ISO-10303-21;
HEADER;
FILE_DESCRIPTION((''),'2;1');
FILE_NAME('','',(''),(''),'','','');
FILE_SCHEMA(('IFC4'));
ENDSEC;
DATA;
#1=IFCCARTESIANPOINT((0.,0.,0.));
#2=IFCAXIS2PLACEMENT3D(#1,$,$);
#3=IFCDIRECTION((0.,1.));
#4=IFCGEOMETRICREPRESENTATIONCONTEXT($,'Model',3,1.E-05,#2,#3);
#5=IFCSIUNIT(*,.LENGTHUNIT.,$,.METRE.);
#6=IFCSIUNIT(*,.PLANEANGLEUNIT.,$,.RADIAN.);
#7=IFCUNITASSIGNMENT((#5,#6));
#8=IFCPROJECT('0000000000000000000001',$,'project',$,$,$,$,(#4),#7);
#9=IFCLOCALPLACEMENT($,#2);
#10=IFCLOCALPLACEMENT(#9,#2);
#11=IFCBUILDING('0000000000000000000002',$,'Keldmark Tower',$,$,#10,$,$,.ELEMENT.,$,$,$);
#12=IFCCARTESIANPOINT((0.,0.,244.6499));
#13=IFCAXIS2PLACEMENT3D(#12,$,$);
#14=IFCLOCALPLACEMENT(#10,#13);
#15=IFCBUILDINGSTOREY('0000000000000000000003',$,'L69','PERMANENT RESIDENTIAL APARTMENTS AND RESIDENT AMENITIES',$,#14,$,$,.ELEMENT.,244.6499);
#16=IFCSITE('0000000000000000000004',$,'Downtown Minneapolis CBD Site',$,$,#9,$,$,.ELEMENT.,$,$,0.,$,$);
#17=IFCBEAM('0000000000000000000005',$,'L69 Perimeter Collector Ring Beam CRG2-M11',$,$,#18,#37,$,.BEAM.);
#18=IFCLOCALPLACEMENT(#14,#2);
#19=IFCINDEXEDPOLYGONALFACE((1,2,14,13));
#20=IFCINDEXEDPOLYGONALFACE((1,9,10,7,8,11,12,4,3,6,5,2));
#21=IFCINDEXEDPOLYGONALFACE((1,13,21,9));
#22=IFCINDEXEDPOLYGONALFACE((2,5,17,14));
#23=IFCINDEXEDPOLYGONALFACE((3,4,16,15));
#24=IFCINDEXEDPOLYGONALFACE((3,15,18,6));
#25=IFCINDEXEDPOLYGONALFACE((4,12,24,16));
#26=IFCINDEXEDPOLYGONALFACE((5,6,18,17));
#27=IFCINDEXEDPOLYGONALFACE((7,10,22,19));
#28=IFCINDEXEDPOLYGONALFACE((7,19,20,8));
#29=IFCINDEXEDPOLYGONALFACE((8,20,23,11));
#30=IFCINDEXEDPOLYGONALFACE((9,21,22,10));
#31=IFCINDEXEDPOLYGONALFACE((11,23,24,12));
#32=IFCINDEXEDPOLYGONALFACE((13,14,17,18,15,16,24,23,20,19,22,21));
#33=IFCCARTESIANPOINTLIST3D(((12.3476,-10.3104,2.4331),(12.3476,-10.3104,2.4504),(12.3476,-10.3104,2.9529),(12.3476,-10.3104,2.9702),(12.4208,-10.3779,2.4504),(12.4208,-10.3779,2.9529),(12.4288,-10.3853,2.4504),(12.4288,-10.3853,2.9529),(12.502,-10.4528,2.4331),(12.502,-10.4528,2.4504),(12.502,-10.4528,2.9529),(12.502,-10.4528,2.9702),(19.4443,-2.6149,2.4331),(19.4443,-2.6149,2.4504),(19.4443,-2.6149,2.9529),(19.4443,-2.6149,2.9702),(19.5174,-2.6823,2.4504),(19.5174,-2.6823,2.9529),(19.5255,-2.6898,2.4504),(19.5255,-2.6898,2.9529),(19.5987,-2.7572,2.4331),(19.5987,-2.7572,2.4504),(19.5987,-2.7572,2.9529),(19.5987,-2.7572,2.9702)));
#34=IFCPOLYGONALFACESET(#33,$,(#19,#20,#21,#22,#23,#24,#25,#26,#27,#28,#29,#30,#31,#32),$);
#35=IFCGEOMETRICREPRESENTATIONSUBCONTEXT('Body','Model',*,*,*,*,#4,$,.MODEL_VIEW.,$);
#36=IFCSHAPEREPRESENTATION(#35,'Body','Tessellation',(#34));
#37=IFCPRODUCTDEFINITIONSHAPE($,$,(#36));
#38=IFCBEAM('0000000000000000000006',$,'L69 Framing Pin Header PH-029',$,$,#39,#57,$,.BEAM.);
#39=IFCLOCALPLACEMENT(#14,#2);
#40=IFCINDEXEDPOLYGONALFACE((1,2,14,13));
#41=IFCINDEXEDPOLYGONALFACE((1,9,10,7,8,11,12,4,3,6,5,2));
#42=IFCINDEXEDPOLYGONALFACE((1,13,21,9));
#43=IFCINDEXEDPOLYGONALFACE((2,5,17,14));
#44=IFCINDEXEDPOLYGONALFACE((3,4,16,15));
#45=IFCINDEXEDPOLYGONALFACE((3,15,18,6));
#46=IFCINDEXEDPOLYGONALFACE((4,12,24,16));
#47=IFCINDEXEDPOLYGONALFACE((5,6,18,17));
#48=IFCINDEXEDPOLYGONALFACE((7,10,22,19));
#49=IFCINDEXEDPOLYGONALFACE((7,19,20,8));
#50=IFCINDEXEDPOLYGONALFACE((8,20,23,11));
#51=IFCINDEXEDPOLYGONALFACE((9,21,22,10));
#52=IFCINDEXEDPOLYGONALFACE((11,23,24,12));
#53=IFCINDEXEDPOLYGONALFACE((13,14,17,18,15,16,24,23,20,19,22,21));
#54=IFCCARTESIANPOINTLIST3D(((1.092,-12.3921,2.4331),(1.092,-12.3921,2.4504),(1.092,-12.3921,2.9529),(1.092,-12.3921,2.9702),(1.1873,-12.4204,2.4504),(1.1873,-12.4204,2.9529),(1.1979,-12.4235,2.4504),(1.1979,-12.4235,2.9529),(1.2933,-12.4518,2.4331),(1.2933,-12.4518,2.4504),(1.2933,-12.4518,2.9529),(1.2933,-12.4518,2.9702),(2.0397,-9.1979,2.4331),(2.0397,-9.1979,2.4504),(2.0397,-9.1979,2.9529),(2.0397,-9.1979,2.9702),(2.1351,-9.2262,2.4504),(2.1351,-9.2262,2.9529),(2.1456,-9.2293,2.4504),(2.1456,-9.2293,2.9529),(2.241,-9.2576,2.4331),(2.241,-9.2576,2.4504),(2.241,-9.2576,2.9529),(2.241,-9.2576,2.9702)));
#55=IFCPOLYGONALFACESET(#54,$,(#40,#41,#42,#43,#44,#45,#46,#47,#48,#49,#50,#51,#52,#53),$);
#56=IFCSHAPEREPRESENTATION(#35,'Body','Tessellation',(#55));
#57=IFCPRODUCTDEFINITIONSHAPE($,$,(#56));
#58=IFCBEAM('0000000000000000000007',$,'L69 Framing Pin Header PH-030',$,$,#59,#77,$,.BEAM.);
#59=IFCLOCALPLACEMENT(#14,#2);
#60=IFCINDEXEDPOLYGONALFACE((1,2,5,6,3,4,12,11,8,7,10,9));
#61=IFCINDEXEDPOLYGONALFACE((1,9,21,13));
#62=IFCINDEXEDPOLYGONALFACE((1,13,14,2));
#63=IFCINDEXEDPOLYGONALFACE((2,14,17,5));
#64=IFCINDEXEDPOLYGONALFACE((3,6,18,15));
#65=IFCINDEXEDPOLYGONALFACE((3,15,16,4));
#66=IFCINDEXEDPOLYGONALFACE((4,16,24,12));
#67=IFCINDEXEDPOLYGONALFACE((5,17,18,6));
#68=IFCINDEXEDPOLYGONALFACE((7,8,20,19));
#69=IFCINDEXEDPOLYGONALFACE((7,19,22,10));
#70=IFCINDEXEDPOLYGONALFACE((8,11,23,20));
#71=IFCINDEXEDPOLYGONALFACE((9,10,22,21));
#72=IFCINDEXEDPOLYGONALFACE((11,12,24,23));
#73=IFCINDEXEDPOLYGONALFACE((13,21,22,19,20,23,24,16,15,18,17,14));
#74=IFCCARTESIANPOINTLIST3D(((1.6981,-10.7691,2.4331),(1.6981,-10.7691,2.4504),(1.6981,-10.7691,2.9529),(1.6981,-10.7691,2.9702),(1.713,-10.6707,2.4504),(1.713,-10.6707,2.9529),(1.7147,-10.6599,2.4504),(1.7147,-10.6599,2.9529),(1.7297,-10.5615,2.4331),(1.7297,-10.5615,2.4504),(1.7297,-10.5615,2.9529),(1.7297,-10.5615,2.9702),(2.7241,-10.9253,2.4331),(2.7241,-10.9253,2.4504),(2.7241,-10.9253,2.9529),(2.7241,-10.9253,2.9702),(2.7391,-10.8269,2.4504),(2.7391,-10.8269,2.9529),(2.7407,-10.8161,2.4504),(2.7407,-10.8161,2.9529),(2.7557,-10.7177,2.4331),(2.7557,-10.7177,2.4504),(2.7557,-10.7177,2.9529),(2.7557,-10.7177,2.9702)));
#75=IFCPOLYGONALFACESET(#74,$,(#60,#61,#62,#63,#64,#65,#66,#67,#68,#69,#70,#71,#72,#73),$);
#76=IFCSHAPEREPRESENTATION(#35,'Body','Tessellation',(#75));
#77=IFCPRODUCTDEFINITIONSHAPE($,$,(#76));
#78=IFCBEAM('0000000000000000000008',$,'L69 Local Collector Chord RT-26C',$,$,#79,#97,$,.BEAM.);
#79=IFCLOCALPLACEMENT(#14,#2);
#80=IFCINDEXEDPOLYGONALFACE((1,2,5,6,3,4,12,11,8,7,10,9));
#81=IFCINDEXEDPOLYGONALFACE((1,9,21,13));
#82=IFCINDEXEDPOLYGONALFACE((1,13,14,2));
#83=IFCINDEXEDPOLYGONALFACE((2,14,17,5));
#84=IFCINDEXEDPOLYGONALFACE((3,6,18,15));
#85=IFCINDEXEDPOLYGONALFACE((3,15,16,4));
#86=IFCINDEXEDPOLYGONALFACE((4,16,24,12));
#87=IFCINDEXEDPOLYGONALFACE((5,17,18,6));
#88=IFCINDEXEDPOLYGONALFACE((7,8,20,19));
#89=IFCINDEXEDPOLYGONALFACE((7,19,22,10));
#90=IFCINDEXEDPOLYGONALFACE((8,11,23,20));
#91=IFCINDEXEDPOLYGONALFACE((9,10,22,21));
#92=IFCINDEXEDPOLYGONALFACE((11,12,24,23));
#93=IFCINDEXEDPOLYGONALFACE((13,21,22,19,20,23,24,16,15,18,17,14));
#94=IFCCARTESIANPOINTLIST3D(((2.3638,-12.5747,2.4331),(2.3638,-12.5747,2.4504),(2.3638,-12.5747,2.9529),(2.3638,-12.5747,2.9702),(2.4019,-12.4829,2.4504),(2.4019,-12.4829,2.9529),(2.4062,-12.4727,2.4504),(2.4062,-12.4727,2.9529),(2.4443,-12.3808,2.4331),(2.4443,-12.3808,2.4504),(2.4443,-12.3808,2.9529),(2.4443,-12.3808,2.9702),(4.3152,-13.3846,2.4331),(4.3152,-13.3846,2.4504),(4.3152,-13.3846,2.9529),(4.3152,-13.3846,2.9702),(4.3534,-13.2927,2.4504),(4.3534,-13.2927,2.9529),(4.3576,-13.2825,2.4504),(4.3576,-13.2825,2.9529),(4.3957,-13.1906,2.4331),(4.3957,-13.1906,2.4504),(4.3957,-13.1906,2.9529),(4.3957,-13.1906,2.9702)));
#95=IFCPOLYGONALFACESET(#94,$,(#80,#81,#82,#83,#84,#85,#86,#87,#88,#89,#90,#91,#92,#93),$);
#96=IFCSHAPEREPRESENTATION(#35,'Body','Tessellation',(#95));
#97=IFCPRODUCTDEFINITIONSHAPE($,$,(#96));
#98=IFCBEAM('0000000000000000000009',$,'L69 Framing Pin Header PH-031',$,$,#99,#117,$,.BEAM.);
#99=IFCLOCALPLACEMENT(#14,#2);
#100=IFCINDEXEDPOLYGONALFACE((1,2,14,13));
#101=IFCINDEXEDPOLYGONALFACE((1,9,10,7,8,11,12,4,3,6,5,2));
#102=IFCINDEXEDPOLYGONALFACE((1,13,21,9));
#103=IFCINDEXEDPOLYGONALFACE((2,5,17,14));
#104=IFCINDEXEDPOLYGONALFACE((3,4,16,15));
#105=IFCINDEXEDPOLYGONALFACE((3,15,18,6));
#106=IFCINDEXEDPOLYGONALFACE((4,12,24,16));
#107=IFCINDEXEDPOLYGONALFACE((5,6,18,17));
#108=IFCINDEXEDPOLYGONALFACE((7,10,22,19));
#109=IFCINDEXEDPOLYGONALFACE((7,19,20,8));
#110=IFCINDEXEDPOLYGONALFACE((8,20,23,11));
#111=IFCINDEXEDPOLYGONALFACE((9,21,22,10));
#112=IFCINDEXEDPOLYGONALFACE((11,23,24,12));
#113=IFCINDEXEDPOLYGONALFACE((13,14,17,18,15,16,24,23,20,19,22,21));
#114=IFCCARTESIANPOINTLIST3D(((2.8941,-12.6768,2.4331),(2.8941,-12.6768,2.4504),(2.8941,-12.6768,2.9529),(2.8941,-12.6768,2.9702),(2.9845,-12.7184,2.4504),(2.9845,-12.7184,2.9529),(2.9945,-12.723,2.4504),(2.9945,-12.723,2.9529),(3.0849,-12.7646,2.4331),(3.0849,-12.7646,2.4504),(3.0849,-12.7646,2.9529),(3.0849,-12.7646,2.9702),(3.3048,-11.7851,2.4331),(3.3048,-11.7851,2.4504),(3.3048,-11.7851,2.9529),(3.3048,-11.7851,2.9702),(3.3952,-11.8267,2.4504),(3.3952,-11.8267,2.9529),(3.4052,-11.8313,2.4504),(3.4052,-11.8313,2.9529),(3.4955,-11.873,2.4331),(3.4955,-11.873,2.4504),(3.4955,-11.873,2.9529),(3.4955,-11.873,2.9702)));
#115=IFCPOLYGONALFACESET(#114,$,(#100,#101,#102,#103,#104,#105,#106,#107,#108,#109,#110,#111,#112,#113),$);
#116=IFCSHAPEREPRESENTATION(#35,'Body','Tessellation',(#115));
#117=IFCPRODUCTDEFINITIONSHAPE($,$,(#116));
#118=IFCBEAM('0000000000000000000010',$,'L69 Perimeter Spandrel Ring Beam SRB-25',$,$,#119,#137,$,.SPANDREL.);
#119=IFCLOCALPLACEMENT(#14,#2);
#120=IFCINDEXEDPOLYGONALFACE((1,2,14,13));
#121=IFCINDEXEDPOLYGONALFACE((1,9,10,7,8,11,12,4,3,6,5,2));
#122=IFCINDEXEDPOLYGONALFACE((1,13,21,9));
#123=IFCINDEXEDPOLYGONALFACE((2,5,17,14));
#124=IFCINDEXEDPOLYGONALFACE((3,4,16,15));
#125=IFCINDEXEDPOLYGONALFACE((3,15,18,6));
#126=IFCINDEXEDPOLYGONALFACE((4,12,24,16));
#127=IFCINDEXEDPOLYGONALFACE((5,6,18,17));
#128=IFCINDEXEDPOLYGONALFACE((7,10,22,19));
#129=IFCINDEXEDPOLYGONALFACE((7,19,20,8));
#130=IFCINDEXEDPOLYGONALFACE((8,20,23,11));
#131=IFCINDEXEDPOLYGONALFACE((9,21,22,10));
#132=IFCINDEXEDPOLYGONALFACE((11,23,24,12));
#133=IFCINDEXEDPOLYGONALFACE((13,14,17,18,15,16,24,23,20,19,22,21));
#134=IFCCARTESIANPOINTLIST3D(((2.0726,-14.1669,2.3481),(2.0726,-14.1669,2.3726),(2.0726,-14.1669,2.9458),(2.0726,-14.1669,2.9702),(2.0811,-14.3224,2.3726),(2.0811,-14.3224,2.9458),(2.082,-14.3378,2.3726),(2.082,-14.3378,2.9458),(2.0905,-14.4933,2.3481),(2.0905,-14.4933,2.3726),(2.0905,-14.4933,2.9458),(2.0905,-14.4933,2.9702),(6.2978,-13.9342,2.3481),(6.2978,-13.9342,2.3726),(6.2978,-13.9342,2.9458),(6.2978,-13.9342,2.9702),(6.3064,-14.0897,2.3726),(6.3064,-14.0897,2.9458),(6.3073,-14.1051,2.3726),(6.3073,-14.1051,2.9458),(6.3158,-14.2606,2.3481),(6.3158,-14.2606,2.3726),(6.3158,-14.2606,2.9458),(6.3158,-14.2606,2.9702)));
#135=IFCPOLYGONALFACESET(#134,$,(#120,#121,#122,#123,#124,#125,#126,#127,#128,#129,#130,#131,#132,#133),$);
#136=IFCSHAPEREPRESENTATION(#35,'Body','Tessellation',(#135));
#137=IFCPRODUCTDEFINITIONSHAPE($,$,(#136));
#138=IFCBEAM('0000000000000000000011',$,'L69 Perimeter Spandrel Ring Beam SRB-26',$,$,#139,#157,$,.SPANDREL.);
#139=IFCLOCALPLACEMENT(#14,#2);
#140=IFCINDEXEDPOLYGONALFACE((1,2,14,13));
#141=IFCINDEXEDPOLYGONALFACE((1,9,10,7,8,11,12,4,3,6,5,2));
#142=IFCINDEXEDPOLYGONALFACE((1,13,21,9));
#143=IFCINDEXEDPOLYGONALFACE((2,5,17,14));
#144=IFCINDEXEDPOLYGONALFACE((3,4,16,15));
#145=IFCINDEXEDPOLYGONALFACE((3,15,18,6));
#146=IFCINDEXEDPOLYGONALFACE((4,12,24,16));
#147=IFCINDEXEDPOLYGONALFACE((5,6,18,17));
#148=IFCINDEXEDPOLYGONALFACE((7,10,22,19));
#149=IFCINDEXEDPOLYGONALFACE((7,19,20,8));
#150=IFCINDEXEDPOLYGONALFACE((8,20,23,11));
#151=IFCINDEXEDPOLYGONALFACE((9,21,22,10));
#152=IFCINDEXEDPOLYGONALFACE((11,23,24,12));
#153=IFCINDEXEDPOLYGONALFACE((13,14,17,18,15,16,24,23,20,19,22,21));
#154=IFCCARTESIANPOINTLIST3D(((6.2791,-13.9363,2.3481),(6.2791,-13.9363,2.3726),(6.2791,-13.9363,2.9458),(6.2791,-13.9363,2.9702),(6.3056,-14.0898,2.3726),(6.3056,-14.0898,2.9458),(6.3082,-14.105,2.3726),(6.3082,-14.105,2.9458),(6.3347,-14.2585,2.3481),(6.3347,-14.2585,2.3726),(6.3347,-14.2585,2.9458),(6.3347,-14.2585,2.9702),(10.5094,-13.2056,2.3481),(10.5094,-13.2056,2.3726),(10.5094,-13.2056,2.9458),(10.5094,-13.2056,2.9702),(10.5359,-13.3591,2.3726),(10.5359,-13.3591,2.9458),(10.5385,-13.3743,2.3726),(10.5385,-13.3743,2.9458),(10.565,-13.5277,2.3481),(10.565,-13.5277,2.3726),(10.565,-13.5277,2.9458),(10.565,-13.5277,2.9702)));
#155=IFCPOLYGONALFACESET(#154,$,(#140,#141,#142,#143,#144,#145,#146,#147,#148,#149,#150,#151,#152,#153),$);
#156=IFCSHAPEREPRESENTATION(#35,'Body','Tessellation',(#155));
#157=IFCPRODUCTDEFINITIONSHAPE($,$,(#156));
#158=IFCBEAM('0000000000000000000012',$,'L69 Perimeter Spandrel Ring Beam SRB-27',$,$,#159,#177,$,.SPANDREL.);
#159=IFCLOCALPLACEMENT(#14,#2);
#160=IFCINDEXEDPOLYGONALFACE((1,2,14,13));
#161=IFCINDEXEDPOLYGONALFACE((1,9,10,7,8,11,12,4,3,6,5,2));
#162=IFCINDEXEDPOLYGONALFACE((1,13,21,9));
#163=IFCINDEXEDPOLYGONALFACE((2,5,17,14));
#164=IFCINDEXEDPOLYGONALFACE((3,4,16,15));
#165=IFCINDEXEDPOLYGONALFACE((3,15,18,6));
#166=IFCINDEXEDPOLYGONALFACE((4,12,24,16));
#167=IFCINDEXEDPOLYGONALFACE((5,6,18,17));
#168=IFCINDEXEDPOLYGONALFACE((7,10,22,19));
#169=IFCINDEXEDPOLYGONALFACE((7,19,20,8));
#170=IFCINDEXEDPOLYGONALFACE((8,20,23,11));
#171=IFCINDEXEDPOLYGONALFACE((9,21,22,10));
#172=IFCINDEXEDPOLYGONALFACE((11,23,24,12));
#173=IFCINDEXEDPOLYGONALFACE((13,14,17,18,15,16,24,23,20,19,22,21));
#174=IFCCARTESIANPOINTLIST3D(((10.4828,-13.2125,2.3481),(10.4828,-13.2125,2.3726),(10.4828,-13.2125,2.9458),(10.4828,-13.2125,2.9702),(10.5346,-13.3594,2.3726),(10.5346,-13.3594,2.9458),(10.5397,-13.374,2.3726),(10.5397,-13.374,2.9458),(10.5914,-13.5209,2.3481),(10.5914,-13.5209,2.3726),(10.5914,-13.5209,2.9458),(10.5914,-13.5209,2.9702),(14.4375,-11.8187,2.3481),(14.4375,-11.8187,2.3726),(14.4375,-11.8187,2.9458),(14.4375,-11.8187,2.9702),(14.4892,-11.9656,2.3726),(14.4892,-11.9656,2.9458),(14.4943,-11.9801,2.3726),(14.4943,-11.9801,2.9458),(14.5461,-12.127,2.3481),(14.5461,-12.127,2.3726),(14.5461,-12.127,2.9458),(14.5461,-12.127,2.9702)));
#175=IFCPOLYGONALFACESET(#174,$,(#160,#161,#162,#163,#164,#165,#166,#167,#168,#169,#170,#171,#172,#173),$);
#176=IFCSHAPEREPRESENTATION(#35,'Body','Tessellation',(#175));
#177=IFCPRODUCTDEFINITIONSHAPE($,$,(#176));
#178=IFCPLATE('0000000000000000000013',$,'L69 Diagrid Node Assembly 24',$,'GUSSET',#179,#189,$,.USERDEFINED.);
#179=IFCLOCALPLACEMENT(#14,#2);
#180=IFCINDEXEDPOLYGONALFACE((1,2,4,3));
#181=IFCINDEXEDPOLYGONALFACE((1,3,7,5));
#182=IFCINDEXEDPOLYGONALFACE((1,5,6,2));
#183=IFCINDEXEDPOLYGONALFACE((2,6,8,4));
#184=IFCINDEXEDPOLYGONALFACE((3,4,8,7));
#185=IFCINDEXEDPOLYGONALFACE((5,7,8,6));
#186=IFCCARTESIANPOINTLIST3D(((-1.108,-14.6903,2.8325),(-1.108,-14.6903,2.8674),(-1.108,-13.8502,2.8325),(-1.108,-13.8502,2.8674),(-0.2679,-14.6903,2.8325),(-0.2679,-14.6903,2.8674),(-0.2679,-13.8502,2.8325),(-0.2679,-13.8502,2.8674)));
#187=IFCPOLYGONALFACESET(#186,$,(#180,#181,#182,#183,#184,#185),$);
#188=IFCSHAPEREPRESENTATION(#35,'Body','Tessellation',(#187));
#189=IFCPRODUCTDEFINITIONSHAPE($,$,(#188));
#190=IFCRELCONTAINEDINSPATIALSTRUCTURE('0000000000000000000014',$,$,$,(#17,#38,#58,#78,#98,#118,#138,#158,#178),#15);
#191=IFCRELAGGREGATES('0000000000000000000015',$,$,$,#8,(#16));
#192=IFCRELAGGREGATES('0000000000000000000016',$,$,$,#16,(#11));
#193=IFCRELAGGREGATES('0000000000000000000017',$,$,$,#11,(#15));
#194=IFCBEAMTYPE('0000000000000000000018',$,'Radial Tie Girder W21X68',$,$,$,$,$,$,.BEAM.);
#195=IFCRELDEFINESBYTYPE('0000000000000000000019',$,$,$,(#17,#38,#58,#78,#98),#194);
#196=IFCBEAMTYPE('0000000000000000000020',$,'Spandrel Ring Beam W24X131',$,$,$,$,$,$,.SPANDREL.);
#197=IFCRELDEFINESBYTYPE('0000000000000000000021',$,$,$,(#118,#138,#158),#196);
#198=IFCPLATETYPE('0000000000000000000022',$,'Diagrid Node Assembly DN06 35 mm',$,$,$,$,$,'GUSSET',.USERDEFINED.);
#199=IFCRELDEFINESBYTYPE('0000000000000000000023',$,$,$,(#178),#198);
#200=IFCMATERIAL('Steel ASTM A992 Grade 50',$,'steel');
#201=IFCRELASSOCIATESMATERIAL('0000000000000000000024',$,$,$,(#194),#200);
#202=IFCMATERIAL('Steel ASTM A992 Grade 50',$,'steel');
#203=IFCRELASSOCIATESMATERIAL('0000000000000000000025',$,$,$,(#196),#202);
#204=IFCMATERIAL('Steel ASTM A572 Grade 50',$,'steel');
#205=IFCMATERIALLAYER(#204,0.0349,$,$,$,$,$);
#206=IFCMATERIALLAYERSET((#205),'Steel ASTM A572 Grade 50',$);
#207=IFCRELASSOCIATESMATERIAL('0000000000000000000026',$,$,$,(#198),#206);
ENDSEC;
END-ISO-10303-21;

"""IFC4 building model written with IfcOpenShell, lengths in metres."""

from ifc_helpers import new_model, si_unit, direction, frame, origin, origin_2d, place, context, subcontext, project, spatial, rectangle, i_section, extrude, material, layer, layer_set, material_profile, profile_set, type_object, element, save


model = new_model("IFC4")

# Units and contexts
model_context = context("Model", 3, precision=1e-05, world=origin(), true_north=direction((0.0, 1.0)))
body_context = subcontext(model_context, "Body", "Model", "MODEL_VIEW")
ifc_project = project(units=[si_unit("LENGTHUNIT", "METRE"), si_unit("PLANEANGLEUNIT", "RADIAN")], contexts=[model_context])

# Site, building, storey
site_placement = place(None, origin())
site = spatial("IfcSite", under=ifc_project, at=site_placement, Name="Downtown Minneapolis CBD Site", CompositionType="ELEMENT", RefElevation=0.0)
building_placement = place(site_placement, origin())
building = spatial("IfcBuilding", under=site, at=building_placement, Name="Keldmark Tower", CompositionType="ELEMENT")
storey_placement = place(building_placement, frame((0.0, 0.0, 244.6499)))
storey = spatial("IfcBuildingStorey", under=building, at=storey_placement, Name="L69", Description="PERMANENT RESIDENTIAL APARTMENTS AND RESIDENT AMENITIES", CompositionType="ELEMENT", Elevation=244.6499)

# Beams
ifc_material_1 = material(Name="Steel ASTM A992 Grade 50", Category="steel")
ifc_material_profile_1 = material_profile(ifc_material_1, i_section(OverallWidth=0.21, OverallDepth=0.5371, WebThickness=0.011, FlangeThickness=0.0173, at=origin_2d()), Name="W21X68")
ifc_profile_set_1 = profile_set([ifc_material_profile_1], Name="Steel ASTM A992 Grade 50")
beam_type_1 = type_object("IfcBeamType", Name="Radial Tie Girder W21X68", PredefinedType="BEAM", material=ifc_profile_set_1)
beam_1_placement = place(storey_placement, frame((12.4248, -10.3816, 2.7017), z_axis=(0.677924, 0.735132, 0.0), x_axis=(-0.735132, 0.677924, 0.0)))
element("IfcBeam", 1, at=beam_1_placement, inside=storey, type_object=beam_type_1, Name="L69 Perimeter Collector Ring Beam CRG2-M11", PredefinedType="BEAM", context=body_context, shape_type="SweptSolid", body=[
    extrude(i_section(OverallWidth=0.21, OverallDepth=0.5371, WebThickness=0.011, FlangeThickness=0.0173, at=origin_2d()), origin(), (0.0, 0.0, 1.0), 10.4683),
])
beam_2_placement = place(storey_placement, frame((2.1404, -9.2278, 2.7017), z_axis=(-0.284463, -0.958687, 0.0), x_axis=(0.958687, -0.284463, 0.0)))
element("IfcBeam", 2, at=beam_2_placement, inside=storey, type_object=beam_type_1, Name="L69 Framing Pin Header PH-029", PredefinedType="BEAM", context=body_context, shape_type="SweptSolid", body=[
    extrude(i_section(OverallWidth=0.21, OverallDepth=0.5371, WebThickness=0.011, FlangeThickness=0.0173, at=origin_2d()), origin(), (0.0, 0.0, 1.0), 3.3318),
])
beam_3_placement = place(storey_placement, frame((1.7139, -10.6653, 2.7017), z_axis=(0.988604, -0.150537, 0.0), x_axis=(0.150537, 0.988604, 0.0)))
element("IfcBeam", 3, at=beam_3_placement, inside=storey, type_object=beam_type_1, Name="L69 Framing Pin Header PH-030", PredefinedType="BEAM", context=body_context, shape_type="SweptSolid", body=[
    extrude(i_section(OverallWidth=0.21, OverallDepth=0.5371, WebThickness=0.011, FlangeThickness=0.0173, at=origin_2d()), origin(), (0.0, 0.0, 1.0), 1.0378),
])
beam_4_placement = place(storey_placement, frame((2.4041, -12.4778, 2.7017), z_axis=(0.923626, -0.383294, 0.0), x_axis=(0.383294, 0.923626, 0.0)))
element("IfcBeam", 4, at=beam_4_placement, inside=storey, type_object=beam_type_1, Name="L69 Local Collector Chord RT-26C", PredefinedType="BEAM", context=body_context, shape_type="SweptSolid", body=[
    extrude(i_section(OverallWidth=0.21, OverallDepth=0.5371, WebThickness=0.011, FlangeThickness=0.0173, at=origin_2d()), origin(), (0.0, 0.0, 1.0), 2.1128),
])
beam_5_placement = place(storey_placement, frame((2.9895, -12.7207, 2.7017), z_axis=(0.418333, 0.908294, 0.0), x_axis=(-0.908294, 0.418333, 0.0)))
element("IfcBeam", 5, at=beam_5_placement, inside=storey, type_object=beam_type_1, Name="L69 Framing Pin Header PH-031", PredefinedType="BEAM", context=body_context, shape_type="SweptSolid", body=[
    extrude(i_section(OverallWidth=0.21, OverallDepth=0.5371, WebThickness=0.011, FlangeThickness=0.0173, at=origin_2d()), origin(), (0.0, 0.0, 1.0), 0.9817),
])
ifc_material_2 = material(Name="Steel ASTM A992 Grade 50", Category="steel")
ifc_material_profile_2 = material_profile(ifc_material_2, i_section(OverallWidth=0.3269, OverallDepth=0.6221, WebThickness=0.0154, FlangeThickness=0.0244, at=origin_2d()), Name="W24X131")
ifc_profile_set_2 = profile_set([ifc_material_profile_2], Name="Steel ASTM A992 Grade 50")
beam_type_2 = type_object("IfcBeamType", Name="Spandrel Ring Beam W24X131", PredefinedType="SPANDREL", material=ifc_profile_set_2)
beam_6_placement = place(storey_placement, frame((2.0815, -14.3301, 2.6592), z_axis=(0.998487, 0.054981, 0.0), x_axis=(-0.054981, 0.998487, 0.0)))
element("IfcBeam", 6, at=beam_6_placement, inside=storey, type_object=beam_type_2, Name="L69 Perimeter Spandrel Ring Beam SRB-25", PredefinedType="SPANDREL", context=body_context, shape_type="SweptSolid", body=[
    extrude(i_section(OverallWidth=0.3269, OverallDepth=0.6221, WebThickness=0.0154, FlangeThickness=0.0244, at=origin_2d()), origin(), (0.0, 0.0, 1.0), 4.2317),
])
beam_7_placement = place(storey_placement, frame((6.3069, -14.0974, 2.6592), z_axis=(0.985407, 0.170215, 0.0), x_axis=(-0.170215, 0.985407, 0.0)))
element("IfcBeam", 7, at=beam_7_placement, inside=storey, type_object=beam_type_2, Name="L69 Perimeter Spandrel Ring Beam SRB-26", PredefinedType="SPANDREL", context=body_context, shape_type="SweptSolid", body=[
    extrude(i_section(OverallWidth=0.3269, OverallDepth=0.6221, WebThickness=0.0154, FlangeThickness=0.0244, at=origin_2d()), origin(), (0.0, 0.0, 1.0), 4.293),
])
beam_8_placement = place(storey_placement, frame((10.5371, -13.3667, 2.6592), z_axis=(0.943135, 0.332409, 0.0), x_axis=(-0.332409, 0.943135, 0.0)))
element("IfcBeam", 8, at=beam_8_placement, inside=storey, type_object=beam_type_2, Name="L69 Perimeter Spandrel Ring Beam SRB-27", PredefinedType="SPANDREL", context=body_context, shape_type="SweptSolid", body=[
    extrude(i_section(OverallWidth=0.3269, OverallDepth=0.6221, WebThickness=0.0154, FlangeThickness=0.0244, at=origin_2d()), origin(), (0.0, 0.0, 1.0), 4.1931),
])

# Plate
ifc_material_3 = material(Name="Steel ASTM A572 Grade 50", Category="steel")
ifc_layer_1 = layer(ifc_material_3, 0.0349)
ifc_layer_set_1 = layer_set([ifc_layer_1], Name="Steel ASTM A572 Grade 50")
plate_type = type_object("IfcPlateType", Name="Diagrid Node Assembly DN06 35 mm", ElementType="GUSSET", PredefinedType="USERDEFINED", material=ifc_layer_set_1)
for number, where, z_axis, x_axis, name in (
    (9, (-0.688, -14.2703, 2.8325), (0.0, 0.0, 1.0), (1.0, 0.0, 0.0), "L69 Diagrid Node Assembly 24"),
):
    element("IfcPlate", number, at=place(storey_placement, frame(where, z_axis=z_axis, x_axis=x_axis)), inside=storey, type_object=plate_type, Name=name, ObjectType="GUSSET", PredefinedType="USERDEFINED", context=body_context, shape_type="SweptSolid", body=[
        extrude(rectangle(XDim=0.8401, YDim=0.8401, at=origin_2d()), origin(), (0.0, 0.0, 1.0), 0.0349),
    ])

save(model, "model.ifc")
